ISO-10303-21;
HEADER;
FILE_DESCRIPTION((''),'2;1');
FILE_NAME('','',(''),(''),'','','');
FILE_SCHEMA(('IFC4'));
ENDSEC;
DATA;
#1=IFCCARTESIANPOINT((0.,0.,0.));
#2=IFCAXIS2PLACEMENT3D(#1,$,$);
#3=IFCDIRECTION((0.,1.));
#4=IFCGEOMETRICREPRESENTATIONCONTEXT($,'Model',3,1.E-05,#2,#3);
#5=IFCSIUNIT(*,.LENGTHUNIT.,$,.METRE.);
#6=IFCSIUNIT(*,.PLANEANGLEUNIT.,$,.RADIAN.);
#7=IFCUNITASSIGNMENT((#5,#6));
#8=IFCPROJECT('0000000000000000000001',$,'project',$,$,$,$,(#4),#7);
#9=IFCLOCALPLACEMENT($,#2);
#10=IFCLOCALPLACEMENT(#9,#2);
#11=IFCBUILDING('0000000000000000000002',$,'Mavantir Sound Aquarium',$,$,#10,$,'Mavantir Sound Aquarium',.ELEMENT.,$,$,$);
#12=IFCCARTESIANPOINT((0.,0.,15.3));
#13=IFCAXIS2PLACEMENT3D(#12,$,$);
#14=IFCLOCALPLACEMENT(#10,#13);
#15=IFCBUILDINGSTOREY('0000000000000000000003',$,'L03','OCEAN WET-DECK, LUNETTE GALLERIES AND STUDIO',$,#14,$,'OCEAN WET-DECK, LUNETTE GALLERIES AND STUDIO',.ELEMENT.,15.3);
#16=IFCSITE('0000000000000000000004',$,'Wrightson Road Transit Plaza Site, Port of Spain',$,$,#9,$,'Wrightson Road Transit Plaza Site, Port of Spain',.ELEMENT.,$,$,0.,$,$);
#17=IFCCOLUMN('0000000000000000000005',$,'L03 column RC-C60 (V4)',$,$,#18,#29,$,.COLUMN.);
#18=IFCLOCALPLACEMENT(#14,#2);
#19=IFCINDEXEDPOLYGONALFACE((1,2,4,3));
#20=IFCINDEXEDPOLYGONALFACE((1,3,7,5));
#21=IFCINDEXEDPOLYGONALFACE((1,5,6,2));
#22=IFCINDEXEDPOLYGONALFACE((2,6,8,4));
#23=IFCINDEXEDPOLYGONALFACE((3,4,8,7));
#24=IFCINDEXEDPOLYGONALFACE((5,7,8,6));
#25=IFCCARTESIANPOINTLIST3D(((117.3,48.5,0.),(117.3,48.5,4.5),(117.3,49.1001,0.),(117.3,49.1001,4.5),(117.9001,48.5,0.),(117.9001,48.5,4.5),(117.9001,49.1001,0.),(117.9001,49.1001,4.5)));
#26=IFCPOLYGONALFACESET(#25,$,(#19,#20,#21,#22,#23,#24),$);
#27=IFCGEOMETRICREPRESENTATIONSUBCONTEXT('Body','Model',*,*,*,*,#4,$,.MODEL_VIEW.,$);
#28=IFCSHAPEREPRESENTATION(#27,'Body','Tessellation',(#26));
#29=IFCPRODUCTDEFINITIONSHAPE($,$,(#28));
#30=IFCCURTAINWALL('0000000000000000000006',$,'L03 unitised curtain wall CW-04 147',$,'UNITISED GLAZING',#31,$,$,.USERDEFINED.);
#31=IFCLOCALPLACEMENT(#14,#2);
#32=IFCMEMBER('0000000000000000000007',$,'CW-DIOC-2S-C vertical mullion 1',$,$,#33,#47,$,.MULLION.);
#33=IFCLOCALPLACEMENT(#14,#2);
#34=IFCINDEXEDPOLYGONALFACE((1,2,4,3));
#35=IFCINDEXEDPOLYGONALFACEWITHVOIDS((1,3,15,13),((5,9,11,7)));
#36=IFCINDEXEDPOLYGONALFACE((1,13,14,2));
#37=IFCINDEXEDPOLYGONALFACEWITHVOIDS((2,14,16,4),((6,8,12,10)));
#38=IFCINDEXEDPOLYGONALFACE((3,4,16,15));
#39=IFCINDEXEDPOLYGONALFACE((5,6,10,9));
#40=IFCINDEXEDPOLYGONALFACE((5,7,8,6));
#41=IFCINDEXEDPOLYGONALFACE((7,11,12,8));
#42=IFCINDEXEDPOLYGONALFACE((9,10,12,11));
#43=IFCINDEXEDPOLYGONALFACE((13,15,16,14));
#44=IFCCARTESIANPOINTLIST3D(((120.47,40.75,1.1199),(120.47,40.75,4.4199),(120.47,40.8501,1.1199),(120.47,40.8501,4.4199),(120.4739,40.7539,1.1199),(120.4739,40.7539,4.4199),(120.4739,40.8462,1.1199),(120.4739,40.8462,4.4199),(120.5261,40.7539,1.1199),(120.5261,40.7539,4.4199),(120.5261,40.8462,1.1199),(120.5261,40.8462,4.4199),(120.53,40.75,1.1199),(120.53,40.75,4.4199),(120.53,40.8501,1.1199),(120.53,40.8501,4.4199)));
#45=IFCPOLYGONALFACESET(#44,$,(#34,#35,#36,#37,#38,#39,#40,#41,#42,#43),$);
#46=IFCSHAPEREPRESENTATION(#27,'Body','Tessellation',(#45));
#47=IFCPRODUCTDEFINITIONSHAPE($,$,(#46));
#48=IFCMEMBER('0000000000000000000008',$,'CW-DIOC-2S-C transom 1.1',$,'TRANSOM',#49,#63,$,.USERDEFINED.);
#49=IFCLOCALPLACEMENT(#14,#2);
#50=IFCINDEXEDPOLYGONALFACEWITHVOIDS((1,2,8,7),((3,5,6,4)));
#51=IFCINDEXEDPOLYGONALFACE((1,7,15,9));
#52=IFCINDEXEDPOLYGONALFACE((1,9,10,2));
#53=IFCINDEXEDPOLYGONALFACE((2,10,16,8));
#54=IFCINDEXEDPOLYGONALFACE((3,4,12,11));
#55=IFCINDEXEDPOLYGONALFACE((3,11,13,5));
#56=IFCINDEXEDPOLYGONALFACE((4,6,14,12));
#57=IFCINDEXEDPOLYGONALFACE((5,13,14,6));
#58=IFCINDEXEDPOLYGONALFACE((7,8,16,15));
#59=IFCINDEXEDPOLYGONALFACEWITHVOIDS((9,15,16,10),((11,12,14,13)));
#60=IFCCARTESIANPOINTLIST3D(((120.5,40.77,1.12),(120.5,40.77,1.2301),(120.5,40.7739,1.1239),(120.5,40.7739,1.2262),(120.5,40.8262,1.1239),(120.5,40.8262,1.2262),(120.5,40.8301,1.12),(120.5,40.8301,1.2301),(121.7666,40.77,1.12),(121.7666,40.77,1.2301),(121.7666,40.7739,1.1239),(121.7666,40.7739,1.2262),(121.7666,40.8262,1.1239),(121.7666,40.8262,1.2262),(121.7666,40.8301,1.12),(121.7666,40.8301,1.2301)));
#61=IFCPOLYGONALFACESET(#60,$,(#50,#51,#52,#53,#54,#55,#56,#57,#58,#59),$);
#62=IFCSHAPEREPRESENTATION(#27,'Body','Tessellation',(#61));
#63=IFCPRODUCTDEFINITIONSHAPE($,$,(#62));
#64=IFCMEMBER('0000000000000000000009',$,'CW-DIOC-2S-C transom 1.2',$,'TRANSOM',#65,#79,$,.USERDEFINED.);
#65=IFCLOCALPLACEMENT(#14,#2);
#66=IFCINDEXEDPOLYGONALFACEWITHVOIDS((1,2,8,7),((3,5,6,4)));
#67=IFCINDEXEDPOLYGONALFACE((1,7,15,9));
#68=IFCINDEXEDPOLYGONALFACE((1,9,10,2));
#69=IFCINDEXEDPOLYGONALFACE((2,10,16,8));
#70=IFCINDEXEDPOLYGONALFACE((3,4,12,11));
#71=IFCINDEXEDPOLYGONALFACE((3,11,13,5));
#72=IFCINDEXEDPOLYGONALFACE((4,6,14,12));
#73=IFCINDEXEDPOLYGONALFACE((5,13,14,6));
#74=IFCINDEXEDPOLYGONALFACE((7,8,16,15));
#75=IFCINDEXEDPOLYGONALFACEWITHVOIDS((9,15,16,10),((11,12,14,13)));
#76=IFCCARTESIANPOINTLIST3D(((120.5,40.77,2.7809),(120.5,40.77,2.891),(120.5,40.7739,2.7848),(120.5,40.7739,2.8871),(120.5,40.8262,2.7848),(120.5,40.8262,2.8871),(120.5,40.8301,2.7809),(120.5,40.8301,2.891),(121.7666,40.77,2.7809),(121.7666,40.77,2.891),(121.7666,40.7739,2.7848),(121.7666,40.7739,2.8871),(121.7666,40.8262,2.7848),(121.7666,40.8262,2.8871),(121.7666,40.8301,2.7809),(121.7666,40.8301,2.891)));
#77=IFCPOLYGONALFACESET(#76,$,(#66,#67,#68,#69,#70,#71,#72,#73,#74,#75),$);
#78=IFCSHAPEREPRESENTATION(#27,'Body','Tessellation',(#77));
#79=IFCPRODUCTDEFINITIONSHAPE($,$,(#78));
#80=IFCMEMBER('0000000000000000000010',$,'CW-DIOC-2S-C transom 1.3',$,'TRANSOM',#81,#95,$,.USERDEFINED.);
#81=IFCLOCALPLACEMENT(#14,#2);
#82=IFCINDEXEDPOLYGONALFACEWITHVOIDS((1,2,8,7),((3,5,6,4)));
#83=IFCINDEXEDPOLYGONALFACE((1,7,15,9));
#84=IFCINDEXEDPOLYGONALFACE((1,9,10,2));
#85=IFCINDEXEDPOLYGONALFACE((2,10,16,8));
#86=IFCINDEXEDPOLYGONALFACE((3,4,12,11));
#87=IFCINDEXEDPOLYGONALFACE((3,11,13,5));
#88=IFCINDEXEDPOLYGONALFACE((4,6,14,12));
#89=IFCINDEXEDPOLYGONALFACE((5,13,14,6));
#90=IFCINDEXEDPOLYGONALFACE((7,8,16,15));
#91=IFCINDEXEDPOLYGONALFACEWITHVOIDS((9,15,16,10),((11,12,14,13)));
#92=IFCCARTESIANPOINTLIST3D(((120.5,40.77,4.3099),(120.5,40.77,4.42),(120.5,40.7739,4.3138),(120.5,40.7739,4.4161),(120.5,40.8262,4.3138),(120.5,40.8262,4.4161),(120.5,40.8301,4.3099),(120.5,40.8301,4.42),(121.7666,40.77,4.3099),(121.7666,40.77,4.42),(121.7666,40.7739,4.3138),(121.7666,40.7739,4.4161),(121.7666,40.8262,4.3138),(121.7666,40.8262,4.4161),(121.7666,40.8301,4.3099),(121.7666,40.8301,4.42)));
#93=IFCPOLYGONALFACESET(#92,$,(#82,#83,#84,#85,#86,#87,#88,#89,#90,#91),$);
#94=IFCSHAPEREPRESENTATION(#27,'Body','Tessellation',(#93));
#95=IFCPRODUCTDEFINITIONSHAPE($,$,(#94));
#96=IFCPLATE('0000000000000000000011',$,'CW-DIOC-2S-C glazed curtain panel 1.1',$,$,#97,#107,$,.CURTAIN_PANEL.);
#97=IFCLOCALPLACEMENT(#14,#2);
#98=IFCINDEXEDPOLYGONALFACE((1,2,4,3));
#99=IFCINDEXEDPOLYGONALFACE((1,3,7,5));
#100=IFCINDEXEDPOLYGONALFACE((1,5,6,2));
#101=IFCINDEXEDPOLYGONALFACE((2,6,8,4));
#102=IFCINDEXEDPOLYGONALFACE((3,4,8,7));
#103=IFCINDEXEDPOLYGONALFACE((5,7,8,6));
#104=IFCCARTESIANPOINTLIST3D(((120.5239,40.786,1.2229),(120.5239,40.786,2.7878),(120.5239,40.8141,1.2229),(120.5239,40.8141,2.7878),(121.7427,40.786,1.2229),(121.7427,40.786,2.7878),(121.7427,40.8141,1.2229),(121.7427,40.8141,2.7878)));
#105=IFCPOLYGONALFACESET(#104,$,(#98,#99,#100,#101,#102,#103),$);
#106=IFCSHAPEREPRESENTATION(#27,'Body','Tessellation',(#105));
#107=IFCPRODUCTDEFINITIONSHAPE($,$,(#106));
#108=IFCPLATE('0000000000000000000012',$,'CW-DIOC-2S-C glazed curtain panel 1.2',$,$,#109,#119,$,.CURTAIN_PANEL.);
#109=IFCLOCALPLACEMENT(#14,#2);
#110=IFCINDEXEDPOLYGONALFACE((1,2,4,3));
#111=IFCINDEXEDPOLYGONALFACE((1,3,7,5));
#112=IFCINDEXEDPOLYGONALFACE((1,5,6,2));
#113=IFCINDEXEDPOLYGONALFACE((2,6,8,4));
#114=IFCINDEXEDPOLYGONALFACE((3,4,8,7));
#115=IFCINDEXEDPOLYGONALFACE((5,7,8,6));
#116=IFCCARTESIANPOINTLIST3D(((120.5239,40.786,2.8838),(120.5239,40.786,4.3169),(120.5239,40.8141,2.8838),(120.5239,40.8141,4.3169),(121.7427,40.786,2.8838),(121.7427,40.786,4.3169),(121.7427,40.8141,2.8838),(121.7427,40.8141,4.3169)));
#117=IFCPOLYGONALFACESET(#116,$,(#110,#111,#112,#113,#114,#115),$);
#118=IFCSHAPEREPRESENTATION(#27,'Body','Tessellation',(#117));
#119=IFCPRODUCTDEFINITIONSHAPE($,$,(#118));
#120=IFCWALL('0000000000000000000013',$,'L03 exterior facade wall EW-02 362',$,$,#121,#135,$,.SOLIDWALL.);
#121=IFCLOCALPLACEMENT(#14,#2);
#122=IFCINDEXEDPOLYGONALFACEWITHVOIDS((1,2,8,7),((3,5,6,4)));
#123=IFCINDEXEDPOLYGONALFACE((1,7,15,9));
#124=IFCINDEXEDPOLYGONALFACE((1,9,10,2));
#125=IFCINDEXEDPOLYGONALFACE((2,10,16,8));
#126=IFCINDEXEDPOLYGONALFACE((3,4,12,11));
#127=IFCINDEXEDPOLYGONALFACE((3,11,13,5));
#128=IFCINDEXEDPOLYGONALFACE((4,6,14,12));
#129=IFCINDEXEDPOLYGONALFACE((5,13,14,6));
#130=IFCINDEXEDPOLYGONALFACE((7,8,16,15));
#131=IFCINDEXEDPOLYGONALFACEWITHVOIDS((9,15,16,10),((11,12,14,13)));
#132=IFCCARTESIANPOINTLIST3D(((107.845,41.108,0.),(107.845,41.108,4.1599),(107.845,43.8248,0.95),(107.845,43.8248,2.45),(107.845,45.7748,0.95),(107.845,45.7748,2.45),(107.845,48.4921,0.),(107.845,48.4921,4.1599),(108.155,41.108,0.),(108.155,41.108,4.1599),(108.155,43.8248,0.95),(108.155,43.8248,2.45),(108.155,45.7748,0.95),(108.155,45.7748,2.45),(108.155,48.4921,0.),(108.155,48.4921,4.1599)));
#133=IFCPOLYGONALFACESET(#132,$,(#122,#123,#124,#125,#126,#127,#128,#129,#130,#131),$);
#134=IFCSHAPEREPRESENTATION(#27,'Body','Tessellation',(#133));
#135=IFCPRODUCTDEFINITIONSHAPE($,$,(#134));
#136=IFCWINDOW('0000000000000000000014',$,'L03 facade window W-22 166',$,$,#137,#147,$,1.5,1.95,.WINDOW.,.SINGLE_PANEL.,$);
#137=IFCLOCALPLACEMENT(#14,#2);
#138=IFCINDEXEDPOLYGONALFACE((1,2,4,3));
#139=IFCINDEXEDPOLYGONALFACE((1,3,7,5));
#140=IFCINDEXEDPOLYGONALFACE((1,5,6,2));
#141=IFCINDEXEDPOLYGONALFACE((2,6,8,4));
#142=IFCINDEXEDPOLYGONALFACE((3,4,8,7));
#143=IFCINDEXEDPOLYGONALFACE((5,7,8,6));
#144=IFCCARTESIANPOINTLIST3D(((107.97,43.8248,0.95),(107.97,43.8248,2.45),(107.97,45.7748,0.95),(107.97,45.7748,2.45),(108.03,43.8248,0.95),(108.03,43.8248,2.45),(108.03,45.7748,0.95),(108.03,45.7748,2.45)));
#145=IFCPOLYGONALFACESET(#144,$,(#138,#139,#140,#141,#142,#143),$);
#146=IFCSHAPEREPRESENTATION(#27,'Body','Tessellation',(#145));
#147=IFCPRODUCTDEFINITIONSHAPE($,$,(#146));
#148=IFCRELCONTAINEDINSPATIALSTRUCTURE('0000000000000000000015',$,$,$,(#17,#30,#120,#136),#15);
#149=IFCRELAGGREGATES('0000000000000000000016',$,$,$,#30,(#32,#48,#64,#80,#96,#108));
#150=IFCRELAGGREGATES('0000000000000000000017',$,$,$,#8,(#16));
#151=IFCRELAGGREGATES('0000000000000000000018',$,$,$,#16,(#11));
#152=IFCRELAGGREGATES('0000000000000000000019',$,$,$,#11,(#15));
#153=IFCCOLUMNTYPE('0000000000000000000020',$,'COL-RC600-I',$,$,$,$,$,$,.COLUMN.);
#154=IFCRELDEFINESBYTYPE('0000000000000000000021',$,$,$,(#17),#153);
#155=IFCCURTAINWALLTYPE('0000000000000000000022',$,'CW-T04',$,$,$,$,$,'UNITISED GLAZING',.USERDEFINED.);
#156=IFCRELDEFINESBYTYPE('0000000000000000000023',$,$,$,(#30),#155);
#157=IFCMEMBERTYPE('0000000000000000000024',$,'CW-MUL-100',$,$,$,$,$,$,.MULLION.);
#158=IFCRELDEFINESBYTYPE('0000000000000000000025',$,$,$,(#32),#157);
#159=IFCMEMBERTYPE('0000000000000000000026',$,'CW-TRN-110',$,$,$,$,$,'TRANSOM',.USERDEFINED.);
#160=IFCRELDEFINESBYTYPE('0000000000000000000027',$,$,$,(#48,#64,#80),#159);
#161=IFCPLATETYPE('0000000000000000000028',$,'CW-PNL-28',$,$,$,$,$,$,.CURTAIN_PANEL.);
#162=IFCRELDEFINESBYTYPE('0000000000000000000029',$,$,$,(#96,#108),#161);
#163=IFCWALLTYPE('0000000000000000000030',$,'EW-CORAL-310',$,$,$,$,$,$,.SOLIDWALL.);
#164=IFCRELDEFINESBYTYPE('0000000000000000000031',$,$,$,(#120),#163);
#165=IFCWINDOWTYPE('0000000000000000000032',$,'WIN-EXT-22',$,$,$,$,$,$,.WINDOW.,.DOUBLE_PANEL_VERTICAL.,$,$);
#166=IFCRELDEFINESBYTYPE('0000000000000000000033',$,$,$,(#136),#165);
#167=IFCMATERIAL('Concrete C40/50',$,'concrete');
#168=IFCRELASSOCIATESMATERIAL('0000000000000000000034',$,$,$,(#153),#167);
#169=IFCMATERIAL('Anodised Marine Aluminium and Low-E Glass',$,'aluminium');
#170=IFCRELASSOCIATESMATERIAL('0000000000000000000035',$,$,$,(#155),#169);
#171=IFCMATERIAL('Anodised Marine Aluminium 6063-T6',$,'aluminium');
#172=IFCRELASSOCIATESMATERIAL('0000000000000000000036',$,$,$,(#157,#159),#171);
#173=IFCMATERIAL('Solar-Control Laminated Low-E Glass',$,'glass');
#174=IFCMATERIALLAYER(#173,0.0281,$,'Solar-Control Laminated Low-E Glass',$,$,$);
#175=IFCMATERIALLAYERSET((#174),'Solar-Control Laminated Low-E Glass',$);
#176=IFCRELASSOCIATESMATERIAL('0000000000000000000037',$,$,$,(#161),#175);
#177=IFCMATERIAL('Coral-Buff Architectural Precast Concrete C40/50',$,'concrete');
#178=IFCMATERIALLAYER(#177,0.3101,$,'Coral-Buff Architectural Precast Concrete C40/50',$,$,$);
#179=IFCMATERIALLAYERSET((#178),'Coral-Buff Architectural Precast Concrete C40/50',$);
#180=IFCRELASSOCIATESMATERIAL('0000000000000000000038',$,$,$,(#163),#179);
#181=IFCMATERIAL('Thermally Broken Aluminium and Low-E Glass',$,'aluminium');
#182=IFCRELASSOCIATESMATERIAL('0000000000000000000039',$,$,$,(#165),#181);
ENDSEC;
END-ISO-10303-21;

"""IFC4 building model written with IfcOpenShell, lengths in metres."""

from ifc_helpers import new_model, si_unit, direction, frame, frame_2d, origin, origin_2d, place, context, subcontext, project, spatial, rectangle, hollow_rectangle, extrude, material, layer, layer_set, material_profile, profile_set, type_object, element, fill, aggregate, save


model = new_model("IFC4")

# Units and contexts
model_context = context("Model", 3, precision=1e-05, world=origin(), true_north=direction((0.0, 1.0)))
body_context = subcontext(model_context, "Body", "Model", "MODEL_VIEW")
ifc_project = project(units=[si_unit("LENGTHUNIT", "METRE"), si_unit("PLANEANGLEUNIT", "RADIAN")], contexts=[model_context])

# Site, building, storey
site_placement = place(None, origin())
site = spatial("IfcSite", under=ifc_project, at=site_placement, Name="Wrightson Road Transit Plaza Site, Port of Spain", LongName="Wrightson Road Transit Plaza Site, Port of Spain", CompositionType="ELEMENT", RefElevation=0.0)
building_placement = place(site_placement, origin())
building = spatial("IfcBuilding", under=site, at=building_placement, Name="Mavantir Sound Aquarium", LongName="Mavantir Sound Aquarium", CompositionType="ELEMENT")
storey_placement = place(building_placement, frame((0.0, 0.0, 15.3)))
storey = spatial("IfcBuildingStorey", under=building, at=storey_placement, Name="L03", Description="OCEAN WET-DECK, LUNETTE GALLERIES AND STUDIO", LongName="OCEAN WET-DECK, LUNETTE GALLERIES AND STUDIO", CompositionType="ELEMENT", Elevation=15.3)

# Column
ifc_material_1 = material(Name="Concrete C40/50", Category="concrete")
ifc_material_profile_1 = material_profile(ifc_material_1, rectangle(XDim=0.6001, YDim=0.6001, at=origin_2d()), Name="RC 600X600")
ifc_profile_set_1 = profile_set([ifc_material_profile_1], Name="Concrete C40/50")
column_type = type_object("IfcColumnType", Name="COL-RC600-I", PredefinedType="COLUMN", material=ifc_profile_set_1)
column_placement = place(storey_placement, frame((117.6001, 48.8, 0.0), z_axis=(0.0, 0.0, 1.0), x_axis=(1.0, 0.0, 0.0)))
element("IfcColumn", 1, at=column_placement, inside=storey, type_object=column_type, Name="L03 column RC-C60 (V4)", PredefinedType="COLUMN", context=body_context, shape_type="SweptSolid", body=[
    extrude(rectangle(XDim=0.6001, YDim=0.6001, at=origin_2d()), origin(), (0.0, 0.0, 1.0), 4.5),
])

# Curtain wall, members, plates
ifc_material_2 = material(Name="Anodised Marine Aluminium and Low-E Glass", Category="aluminium")
curtain_wall_type = type_object("IfcCurtainWallType", Name="CW-T04", ElementType="UNITISED GLAZING", PredefinedType="USERDEFINED", material=ifc_material_2)
curtain_wall_placement = place(storey_placement, origin())
curtain_wall = element("IfcCurtainWall", 2, at=curtain_wall_placement, inside=storey, type_object=curtain_wall_type, Name="L03 unitised curtain wall CW-04 147", ObjectType="UNITISED GLAZING", PredefinedType="USERDEFINED")
ifc_material_3 = material(Name="Anodised Marine Aluminium 6063-T6", Category="aluminium")
ifc_material_profile_2 = material_profile(ifc_material_3, hollow_rectangle(XDim=0.0601, YDim=0.1001, WallThickness=0.0039, at=origin_2d()), Name="ALU-MULLION-100X60")
ifc_profile_set_2 = profile_set([ifc_material_profile_2], Name="Anodised Marine Aluminium 6063-T6")
member_type_1 = type_object("IfcMemberType", Name="CW-MUL-100", PredefinedType="MULLION", material=ifc_profile_set_2)
member_1_placement = place(storey_placement, frame((120.5, 40.8, 1.1199), z_axis=(0.0, 0.0, 1.0), x_axis=(1.0, 0.0, 0.0)))
member_1 = element("IfcMember", 3, at=member_1_placement, type_object=member_type_1, Name="CW-DIOC-2S-C vertical mullion 1", PredefinedType="MULLION", context=body_context, shape_type="SweptSolid", body=[
    extrude(hollow_rectangle(XDim=0.0601, YDim=0.1001, WallThickness=0.0039, at=origin_2d()), origin(), (0.0, 0.0, 1.0), 3.3),
])
ifc_material_profile_3 = material_profile(ifc_material_3, hollow_rectangle(XDim=0.0601, YDim=0.1101, WallThickness=0.0039, at=origin_2d()), Name="ALU-TRANSOM-110X60")
ifc_profile_set_3 = profile_set([ifc_material_profile_3], Name="Anodised Marine Aluminium 6063-T6")
member_type_2 = type_object("IfcMemberType", Name="CW-TRN-110", ElementType="TRANSOM", PredefinedType="USERDEFINED", material=ifc_profile_set_3)
member_2_placement = place(storey_placement, frame((120.5, 40.8, 1.175), z_axis=(1.0, 0.0, 0.0), x_axis=(0.0, 1.0, 0.0)))
member_2 = element("IfcMember", 4, at=member_2_placement, type_object=member_type_2, Name="CW-DIOC-2S-C transom 1.1", ObjectType="TRANSOM", PredefinedType="USERDEFINED", context=body_context, shape_type="SweptSolid", body=[
    extrude(hollow_rectangle(XDim=0.0601, YDim=0.1101, WallThickness=0.0039, at=origin_2d()), origin(), (0.0, 0.0, 1.0), 1.2666),
])
member_3_placement = place(storey_placement, frame((120.5, 40.8, 2.8359), z_axis=(1.0, 0.0, 0.0), x_axis=(0.0, 1.0, 0.0)))
member_3 = element("IfcMember", 5, at=member_3_placement, type_object=member_type_2, Name="CW-DIOC-2S-C transom 1.2", ObjectType="TRANSOM", PredefinedType="USERDEFINED", context=body_context, shape_type="SweptSolid", body=[
    extrude(hollow_rectangle(XDim=0.0601, YDim=0.1101, WallThickness=0.0039, at=origin_2d()), origin(), (0.0, 0.0, 1.0), 1.2666),
])
member_4_placement = place(storey_placement, frame((120.5, 40.8, 4.365), z_axis=(1.0, 0.0, 0.0), x_axis=(0.0, 1.0, 0.0)))
member_4 = element("IfcMember", 6, at=member_4_placement, type_object=member_type_2, Name="CW-DIOC-2S-C transom 1.3", ObjectType="TRANSOM", PredefinedType="USERDEFINED", context=body_context, shape_type="SweptSolid", body=[
    extrude(hollow_rectangle(XDim=0.0601, YDim=0.1101, WallThickness=0.0039, at=origin_2d()), origin(), (0.0, 0.0, 1.0), 1.2666),
])
ifc_material_4 = material(Name="Solar-Control Laminated Low-E Glass", Category="glass")
ifc_layer_1 = layer(ifc_material_4, 0.0281, Name="Solar-Control Laminated Low-E Glass")
ifc_layer_set_1 = layer_set([ifc_layer_1], Name="Solar-Control Laminated Low-E Glass")
plate_type = type_object("IfcPlateType", Name="CW-PNL-28", PredefinedType="CURTAIN_PANEL", material=ifc_layer_set_1)
plate_1_placement = place(storey_placement, frame((121.1333, 40.8, 1.2229), z_axis=(0.0, 0.0, 1.0), x_axis=(1.0, 0.0, 0.0)))
plate_1 = element("IfcPlate", 7, at=plate_1_placement, type_object=plate_type, Name="CW-DIOC-2S-C glazed curtain panel 1.1", PredefinedType="CURTAIN_PANEL", context=body_context, shape_type="SweptSolid", body=[
    extrude(rectangle(XDim=1.2188, YDim=0.0281, at=origin_2d()), origin(), (0.0, 0.0, 1.0), 1.5649),
])
plate_2_placement = place(storey_placement, frame((121.1333, 40.8, 2.8838), z_axis=(0.0, 0.0, 1.0), x_axis=(1.0, 0.0, 0.0)))
plate_2 = element("IfcPlate", 8, at=plate_2_placement, type_object=plate_type, Name="CW-DIOC-2S-C glazed curtain panel 1.2", PredefinedType="CURTAIN_PANEL", context=body_context, shape_type="SweptSolid", body=[
    extrude(rectangle(XDim=1.2188, YDim=0.0281, at=origin_2d()), origin(), (0.0, 0.0, 1.0), 1.4331),
])
aggregate(curtain_wall, [member_1, member_2, member_3, member_4, plate_1, plate_2])

# Wall, opening, window
ifc_material_5 = material(Name="Coral-Buff Architectural Precast Concrete C40/50", Category="concrete")
ifc_layer_2 = layer(ifc_material_5, 0.3101, Name="Coral-Buff Architectural Precast Concrete C40/50")
ifc_layer_set_2 = layer_set([ifc_layer_2], Name="Coral-Buff Architectural Precast Concrete C40/50")
wall_type_1 = type_object("IfcWallType", Name="EW-CORAL-310", PredefinedType="SOLIDWALL", material=ifc_layer_set_2)
wall_1_placement = place(storey_placement, frame((108.0, 48.4919, 0.0), z_axis=(0.0, 0.0, 1.0), x_axis=(0.0, -1.0, 0.0)))
wall_1 = element("IfcWall", 9, at=wall_1_placement, inside=storey, type_object=wall_type_1, Name="L03 exterior facade wall EW-02 362", PredefinedType="SOLIDWALL", context=body_context, shape_type="SweptSolid", body=[
    extrude(rectangle(XDim=7.384, YDim=0.3101, at=frame_2d((3.6919, 0.0))), origin(), (0.0, 0.0, 1.0), 4.1599),
])
opening_1_placement = place(wall_1_placement, frame((2.717, 0.0, 0.95)))
opening_1 = element("IfcOpeningElement", 10, at=opening_1_placement, cuts=wall_1, PredefinedType="OPENING", context=body_context, shape_type="SweptSolid", body=[
    extrude(rectangle(XDim=1.95, YDim=1.5, at=frame_2d((0.9751, 0.75))), frame((0.0, 0.165, 0.0), z_axis=(0.0, -1.0, 0.0), x_axis=(1.0, 0.0, 0.0)), (0.0, 0.0, 1.0), 0.3301),
])
ifc_material_6 = material(Name="Thermally Broken Aluminium and Low-E Glass", Category="aluminium")
window_type = type_object("IfcWindowType", Name="WIN-EXT-22", PartitioningType="DOUBLE_PANEL_VERTICAL", PredefinedType="WINDOW", material=ifc_material_6)
window_placement = place(opening_1_placement, origin())
window = element("IfcWindow", 11, at=window_placement, inside=storey, type_object=window_type, Name="L03 facade window W-22 166", OverallHeight=1.5, OverallWidth=1.95, PartitioningType="SINGLE_PANEL", PredefinedType="WINDOW", context=body_context, shape_type="SweptSolid", body=[
    extrude(rectangle(XDim=1.95, YDim=1.5, at=frame_2d((0.9751, 0.75))), frame((0.0, 0.03, 0.0), z_axis=(0.0, -1.0, 0.0), x_axis=(1.0, 0.0, 0.0)), (0.0, 0.0, 1.0), 0.0601),
])
fill(opening_1, window)

save(model, "model.ifc")
